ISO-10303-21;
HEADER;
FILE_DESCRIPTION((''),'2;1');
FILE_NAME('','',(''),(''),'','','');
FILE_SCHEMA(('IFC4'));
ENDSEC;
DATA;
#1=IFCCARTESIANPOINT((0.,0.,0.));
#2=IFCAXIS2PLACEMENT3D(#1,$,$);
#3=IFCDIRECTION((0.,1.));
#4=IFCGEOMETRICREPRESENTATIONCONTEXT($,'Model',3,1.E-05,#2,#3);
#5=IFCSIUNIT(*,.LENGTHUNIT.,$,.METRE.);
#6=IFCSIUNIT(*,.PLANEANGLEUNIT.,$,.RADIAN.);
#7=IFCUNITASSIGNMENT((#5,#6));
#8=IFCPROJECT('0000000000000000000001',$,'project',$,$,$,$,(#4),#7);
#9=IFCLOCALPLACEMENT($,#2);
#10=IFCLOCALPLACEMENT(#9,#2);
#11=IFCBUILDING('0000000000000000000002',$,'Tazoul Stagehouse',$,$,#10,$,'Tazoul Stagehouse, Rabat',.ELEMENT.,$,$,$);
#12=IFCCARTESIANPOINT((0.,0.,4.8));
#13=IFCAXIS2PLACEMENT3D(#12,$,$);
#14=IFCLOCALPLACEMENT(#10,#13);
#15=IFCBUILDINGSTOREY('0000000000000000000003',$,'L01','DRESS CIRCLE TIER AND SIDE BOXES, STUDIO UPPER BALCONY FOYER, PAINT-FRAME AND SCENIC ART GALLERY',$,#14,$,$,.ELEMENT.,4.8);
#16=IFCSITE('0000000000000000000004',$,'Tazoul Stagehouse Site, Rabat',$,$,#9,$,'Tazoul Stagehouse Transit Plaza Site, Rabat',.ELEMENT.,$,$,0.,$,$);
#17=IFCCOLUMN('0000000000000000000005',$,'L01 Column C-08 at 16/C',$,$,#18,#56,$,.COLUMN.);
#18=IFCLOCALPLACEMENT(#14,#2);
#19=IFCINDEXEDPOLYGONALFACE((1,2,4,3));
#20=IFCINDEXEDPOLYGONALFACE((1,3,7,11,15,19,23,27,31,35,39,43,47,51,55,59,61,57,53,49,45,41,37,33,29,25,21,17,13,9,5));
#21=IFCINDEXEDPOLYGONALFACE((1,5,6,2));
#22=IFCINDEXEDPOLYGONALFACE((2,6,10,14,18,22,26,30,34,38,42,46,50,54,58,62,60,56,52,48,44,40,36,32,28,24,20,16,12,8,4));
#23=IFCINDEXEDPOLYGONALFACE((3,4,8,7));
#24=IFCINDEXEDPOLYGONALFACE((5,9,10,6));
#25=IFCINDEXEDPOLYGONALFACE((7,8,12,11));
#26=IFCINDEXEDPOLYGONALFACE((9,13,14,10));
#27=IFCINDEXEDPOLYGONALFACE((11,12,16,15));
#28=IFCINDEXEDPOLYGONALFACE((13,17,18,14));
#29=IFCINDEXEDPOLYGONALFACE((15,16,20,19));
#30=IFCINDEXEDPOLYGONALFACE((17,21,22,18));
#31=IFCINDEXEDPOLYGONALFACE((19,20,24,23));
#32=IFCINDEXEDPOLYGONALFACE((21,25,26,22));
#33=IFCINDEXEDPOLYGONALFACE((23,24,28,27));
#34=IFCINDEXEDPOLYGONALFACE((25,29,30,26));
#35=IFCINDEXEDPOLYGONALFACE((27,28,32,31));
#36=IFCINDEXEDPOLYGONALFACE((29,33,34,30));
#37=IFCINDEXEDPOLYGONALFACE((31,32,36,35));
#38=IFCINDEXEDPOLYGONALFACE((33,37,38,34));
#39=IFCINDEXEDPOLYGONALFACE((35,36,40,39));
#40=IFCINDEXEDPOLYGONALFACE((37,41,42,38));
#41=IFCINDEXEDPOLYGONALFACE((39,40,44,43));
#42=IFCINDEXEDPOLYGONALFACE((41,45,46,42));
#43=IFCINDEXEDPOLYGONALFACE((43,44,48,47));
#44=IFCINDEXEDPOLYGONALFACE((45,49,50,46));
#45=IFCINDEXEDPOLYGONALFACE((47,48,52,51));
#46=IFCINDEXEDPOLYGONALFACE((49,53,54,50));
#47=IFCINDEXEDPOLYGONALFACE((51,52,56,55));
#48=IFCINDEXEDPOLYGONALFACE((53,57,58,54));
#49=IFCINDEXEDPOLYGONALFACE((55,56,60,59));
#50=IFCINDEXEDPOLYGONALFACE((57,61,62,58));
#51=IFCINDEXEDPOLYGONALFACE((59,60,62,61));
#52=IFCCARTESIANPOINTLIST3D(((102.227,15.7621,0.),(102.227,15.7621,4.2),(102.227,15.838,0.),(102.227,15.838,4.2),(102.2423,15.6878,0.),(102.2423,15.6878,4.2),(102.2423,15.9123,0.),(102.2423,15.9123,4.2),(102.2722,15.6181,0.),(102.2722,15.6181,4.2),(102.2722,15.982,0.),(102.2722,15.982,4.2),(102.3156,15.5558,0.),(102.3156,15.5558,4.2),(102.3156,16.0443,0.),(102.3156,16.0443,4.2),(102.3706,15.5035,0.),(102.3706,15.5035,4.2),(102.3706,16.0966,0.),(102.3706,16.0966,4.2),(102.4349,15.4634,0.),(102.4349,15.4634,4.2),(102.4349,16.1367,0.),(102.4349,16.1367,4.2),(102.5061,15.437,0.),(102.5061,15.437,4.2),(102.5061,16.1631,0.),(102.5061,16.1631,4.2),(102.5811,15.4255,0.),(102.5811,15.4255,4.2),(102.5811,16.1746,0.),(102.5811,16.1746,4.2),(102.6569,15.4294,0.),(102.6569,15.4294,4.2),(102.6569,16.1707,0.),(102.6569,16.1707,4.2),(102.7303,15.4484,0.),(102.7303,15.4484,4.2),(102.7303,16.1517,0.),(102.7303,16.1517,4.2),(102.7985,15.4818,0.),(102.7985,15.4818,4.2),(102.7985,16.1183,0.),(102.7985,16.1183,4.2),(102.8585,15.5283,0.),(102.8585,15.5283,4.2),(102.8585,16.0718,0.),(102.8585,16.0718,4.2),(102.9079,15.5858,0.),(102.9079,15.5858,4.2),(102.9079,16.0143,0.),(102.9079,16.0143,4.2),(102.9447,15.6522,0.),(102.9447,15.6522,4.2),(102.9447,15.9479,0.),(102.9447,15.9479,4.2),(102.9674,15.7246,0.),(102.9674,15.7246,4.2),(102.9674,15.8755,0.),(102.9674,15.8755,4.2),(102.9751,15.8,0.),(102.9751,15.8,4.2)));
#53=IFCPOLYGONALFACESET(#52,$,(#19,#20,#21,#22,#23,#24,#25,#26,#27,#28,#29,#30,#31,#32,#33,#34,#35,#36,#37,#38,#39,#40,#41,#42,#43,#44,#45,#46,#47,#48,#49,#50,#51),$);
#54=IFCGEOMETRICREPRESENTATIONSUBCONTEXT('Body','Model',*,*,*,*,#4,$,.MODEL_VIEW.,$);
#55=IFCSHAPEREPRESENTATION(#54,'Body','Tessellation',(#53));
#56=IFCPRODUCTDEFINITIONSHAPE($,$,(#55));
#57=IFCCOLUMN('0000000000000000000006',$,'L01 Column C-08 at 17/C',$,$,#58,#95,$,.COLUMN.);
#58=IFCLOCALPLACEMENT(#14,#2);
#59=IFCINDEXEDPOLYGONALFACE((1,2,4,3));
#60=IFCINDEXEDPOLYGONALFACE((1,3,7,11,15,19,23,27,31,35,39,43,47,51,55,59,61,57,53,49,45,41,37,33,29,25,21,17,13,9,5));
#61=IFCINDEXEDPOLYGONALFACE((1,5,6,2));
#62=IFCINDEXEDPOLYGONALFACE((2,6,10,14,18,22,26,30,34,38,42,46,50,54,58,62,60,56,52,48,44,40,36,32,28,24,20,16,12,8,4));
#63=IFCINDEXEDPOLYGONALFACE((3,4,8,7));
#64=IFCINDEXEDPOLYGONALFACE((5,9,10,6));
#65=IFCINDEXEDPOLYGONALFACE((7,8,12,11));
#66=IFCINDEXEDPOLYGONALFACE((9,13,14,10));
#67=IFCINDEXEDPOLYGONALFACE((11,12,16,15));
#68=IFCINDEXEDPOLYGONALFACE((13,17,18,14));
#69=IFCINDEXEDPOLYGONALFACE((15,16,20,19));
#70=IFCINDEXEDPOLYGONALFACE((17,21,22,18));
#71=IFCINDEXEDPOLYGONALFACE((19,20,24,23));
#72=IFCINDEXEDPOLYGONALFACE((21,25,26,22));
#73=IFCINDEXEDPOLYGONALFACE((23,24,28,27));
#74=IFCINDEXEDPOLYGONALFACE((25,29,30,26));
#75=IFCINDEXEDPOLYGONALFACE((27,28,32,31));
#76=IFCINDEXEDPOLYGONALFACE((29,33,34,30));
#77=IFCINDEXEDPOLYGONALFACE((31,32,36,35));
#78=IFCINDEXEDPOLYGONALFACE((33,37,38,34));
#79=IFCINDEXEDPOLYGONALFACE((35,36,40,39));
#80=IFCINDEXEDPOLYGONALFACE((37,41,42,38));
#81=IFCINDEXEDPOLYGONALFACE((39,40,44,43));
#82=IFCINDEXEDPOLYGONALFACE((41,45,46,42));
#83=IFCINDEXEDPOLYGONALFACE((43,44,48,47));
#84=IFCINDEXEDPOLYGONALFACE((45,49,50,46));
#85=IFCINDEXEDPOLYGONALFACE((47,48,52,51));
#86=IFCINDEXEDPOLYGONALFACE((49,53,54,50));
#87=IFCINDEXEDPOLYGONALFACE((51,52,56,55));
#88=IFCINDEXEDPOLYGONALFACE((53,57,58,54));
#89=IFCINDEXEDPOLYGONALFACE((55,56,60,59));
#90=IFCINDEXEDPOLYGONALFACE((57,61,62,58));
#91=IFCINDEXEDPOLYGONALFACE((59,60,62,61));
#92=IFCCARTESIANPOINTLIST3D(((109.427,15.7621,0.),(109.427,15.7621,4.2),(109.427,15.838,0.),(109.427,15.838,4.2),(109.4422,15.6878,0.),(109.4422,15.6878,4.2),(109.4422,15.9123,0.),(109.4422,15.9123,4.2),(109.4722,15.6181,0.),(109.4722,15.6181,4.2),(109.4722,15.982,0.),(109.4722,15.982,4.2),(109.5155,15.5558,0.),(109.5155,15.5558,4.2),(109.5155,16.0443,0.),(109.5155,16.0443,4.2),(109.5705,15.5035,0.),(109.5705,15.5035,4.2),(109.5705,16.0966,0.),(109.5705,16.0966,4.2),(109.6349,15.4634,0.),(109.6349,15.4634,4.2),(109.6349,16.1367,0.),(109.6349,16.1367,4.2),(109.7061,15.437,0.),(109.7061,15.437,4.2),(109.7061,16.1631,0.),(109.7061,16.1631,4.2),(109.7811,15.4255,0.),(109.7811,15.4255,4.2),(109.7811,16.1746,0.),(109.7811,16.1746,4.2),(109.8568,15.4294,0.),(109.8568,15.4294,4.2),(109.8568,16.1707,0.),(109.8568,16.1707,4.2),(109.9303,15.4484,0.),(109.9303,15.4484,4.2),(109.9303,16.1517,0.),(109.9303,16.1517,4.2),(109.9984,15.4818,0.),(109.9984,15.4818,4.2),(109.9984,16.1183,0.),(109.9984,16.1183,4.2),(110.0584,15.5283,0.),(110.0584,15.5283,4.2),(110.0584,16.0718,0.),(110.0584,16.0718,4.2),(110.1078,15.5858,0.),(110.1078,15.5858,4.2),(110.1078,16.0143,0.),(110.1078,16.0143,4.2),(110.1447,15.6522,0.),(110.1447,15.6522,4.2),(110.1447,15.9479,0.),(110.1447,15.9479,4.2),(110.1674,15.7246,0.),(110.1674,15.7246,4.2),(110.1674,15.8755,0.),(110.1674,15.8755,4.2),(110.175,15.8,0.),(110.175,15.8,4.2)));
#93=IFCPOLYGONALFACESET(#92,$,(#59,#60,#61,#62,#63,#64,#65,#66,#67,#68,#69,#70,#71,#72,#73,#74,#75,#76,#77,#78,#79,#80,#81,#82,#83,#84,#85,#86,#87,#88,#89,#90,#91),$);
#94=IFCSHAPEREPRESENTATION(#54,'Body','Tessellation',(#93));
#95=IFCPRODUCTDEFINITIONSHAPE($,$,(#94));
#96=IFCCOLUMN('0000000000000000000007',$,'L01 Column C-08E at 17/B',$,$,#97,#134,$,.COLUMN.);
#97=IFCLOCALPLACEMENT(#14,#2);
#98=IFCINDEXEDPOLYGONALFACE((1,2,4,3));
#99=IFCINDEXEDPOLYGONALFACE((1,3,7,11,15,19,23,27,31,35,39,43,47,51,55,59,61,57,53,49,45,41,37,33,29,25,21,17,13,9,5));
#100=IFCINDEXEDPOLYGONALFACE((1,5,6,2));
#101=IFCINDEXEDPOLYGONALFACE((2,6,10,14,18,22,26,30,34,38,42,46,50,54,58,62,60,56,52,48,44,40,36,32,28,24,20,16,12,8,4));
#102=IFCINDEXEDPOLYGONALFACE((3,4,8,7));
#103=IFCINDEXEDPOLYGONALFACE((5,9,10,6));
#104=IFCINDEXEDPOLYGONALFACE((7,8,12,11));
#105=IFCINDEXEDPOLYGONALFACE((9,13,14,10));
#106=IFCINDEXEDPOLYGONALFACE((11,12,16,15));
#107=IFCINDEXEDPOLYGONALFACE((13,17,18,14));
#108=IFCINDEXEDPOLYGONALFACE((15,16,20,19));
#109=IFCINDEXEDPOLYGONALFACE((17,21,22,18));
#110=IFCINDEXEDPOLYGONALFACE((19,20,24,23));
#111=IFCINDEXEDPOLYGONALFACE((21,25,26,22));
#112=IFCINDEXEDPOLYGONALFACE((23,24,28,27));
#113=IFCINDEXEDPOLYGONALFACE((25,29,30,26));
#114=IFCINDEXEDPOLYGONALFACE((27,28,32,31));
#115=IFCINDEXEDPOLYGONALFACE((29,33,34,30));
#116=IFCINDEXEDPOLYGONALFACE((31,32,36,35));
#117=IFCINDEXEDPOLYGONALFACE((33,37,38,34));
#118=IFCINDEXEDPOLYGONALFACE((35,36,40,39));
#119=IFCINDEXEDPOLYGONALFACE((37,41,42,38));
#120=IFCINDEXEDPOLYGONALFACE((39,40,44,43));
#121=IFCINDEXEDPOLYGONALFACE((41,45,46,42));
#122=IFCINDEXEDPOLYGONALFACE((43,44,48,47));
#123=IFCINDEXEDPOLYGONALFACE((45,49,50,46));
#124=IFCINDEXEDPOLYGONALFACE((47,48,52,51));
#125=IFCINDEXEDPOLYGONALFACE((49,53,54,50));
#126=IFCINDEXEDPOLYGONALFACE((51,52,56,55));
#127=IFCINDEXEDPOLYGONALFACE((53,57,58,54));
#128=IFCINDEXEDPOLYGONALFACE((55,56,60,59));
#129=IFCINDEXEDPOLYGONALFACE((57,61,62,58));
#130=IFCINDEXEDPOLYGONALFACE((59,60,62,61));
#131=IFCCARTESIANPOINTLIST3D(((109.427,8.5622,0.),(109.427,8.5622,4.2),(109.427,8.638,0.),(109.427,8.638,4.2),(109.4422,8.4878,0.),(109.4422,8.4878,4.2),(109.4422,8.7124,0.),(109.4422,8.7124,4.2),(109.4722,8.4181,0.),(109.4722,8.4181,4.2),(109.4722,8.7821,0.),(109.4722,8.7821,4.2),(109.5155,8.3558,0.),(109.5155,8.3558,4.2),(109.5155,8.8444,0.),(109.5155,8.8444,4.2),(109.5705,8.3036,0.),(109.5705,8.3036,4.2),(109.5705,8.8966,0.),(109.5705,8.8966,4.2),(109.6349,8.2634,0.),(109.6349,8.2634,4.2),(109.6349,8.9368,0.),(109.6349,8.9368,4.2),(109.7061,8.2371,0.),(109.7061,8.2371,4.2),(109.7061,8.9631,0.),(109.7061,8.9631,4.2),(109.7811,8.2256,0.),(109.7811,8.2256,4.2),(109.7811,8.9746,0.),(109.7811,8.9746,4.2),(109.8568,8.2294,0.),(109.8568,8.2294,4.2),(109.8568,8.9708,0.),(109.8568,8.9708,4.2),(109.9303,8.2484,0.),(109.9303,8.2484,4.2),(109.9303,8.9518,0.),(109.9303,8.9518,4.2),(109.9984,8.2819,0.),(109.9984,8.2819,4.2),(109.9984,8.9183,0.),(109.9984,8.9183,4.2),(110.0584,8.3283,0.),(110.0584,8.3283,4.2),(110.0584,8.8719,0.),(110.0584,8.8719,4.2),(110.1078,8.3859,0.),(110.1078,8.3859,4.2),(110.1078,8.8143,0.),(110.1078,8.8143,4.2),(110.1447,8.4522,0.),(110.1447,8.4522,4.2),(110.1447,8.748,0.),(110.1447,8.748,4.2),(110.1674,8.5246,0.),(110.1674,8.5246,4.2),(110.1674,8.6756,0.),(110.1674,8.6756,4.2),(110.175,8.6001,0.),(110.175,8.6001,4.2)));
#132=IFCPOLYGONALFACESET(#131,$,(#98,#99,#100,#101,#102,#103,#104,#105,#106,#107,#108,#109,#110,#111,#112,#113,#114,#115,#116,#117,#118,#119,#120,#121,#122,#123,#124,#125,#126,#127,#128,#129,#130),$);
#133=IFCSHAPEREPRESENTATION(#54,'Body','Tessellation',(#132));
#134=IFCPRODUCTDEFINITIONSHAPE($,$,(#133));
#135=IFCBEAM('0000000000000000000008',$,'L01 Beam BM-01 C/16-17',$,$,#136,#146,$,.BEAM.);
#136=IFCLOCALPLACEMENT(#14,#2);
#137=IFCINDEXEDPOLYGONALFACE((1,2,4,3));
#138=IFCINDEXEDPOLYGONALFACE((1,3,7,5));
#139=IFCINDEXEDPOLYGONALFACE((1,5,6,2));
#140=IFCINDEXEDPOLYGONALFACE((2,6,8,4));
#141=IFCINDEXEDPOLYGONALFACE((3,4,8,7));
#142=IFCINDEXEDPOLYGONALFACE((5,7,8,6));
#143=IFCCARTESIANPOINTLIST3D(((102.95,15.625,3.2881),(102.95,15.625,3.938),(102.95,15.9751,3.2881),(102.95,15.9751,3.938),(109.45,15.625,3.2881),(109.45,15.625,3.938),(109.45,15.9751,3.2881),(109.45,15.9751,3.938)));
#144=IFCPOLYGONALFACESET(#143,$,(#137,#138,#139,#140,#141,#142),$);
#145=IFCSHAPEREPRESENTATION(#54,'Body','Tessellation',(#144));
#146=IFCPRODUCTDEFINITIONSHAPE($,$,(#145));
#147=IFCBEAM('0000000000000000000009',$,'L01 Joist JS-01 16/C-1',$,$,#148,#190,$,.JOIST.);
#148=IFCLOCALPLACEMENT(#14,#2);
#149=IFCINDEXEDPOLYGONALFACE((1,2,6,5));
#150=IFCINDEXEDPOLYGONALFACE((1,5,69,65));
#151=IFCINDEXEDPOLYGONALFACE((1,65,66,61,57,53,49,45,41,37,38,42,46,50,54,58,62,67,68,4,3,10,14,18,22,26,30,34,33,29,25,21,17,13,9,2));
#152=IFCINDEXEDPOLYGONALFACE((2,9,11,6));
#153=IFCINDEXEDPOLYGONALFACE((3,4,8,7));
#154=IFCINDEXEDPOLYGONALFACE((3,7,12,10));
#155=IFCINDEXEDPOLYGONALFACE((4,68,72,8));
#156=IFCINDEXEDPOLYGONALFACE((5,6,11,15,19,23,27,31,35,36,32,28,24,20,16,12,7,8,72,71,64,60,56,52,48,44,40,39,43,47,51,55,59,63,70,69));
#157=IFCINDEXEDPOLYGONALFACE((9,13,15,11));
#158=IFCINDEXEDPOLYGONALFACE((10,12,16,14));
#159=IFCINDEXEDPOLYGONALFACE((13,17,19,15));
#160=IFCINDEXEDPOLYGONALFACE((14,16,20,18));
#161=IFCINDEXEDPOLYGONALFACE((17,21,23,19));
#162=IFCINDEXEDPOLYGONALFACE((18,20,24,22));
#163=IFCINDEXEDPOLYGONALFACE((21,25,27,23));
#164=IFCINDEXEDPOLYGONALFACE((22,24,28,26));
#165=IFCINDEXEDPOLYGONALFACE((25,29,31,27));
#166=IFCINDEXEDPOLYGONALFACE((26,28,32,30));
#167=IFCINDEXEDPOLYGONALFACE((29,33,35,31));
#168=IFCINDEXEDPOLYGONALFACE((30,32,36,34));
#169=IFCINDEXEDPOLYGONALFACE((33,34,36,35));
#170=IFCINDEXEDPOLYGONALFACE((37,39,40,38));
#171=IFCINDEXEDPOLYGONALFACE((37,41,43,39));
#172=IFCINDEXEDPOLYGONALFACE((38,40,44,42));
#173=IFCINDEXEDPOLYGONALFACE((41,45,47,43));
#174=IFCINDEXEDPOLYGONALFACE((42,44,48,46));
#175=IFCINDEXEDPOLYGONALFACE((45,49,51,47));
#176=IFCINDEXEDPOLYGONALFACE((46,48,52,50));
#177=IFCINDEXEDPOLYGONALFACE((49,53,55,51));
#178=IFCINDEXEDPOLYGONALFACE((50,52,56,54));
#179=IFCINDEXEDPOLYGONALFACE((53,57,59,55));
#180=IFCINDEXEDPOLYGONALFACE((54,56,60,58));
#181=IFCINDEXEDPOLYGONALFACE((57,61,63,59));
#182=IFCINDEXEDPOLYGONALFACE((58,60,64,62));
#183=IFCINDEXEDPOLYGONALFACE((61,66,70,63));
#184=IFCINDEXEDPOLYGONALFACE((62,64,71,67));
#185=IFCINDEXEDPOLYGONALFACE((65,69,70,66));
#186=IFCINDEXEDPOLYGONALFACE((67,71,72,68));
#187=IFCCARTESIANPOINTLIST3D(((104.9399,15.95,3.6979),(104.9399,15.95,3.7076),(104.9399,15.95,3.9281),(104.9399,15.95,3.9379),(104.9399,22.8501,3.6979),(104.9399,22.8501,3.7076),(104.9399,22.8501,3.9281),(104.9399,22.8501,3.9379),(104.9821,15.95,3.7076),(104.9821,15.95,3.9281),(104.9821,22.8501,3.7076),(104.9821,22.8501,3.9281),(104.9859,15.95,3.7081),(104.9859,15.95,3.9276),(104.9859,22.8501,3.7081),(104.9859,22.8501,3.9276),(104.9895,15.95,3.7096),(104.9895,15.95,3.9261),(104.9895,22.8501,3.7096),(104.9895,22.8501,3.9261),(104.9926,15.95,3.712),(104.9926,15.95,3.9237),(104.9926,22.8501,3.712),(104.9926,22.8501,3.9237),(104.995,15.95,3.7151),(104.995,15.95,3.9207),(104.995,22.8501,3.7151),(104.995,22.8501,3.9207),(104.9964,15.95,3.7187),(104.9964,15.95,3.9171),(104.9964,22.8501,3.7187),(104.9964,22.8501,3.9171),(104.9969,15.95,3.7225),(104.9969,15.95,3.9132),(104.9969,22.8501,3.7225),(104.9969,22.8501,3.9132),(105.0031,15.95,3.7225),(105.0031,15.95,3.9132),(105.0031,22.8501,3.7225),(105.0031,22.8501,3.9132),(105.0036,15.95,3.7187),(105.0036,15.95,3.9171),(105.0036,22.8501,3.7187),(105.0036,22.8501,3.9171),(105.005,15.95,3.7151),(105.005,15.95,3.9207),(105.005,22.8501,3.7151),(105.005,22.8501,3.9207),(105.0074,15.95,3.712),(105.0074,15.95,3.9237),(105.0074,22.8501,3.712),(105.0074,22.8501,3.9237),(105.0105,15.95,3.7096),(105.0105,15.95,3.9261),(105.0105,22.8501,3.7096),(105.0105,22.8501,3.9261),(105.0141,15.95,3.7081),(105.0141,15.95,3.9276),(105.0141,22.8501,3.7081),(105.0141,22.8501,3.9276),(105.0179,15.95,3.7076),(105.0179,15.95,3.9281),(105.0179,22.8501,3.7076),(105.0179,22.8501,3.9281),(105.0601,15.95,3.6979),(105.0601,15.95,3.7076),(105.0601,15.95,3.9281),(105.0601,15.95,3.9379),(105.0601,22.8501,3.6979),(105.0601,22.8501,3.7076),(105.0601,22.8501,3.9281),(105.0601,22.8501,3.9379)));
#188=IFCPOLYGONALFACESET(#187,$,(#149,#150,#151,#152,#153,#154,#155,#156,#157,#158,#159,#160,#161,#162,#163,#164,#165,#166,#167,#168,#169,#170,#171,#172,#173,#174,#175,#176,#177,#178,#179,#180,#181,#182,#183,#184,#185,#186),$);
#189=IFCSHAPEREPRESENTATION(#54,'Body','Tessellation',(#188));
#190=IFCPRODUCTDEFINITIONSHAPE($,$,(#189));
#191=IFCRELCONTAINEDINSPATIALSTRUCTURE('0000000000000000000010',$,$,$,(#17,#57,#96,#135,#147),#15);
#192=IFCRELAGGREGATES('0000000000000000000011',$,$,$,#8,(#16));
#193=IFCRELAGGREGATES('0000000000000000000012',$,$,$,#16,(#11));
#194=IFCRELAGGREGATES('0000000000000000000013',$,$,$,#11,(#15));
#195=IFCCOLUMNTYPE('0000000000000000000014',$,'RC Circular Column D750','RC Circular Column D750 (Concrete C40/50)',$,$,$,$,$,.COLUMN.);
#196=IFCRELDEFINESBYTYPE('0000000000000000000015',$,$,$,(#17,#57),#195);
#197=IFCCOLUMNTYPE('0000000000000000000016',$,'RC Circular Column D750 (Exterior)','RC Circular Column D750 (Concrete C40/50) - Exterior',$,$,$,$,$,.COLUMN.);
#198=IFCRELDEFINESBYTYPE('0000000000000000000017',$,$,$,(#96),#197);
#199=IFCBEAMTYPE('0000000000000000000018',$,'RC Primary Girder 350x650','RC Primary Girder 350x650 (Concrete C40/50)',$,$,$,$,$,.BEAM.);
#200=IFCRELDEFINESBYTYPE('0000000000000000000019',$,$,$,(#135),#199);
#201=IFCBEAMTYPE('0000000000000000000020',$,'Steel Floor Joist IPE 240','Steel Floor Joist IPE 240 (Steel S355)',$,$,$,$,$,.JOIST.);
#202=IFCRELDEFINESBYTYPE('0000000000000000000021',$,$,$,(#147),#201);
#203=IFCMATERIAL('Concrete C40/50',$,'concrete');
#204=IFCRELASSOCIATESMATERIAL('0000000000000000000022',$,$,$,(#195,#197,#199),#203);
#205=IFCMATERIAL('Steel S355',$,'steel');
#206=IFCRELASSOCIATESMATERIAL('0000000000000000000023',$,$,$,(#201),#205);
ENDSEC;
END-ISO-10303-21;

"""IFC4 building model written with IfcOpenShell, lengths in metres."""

from ifc_helpers import new_model, si_unit, direction, frame, origin, origin_2d, place, context, subcontext, project, spatial, rectangle, circle, i_section, extrude, material, material_profile, profile_set, type_object, element, save


model = new_model("IFC4")

# Units and contexts
model_context = context("Model", 3, precision=1e-05, world=origin(), true_north=direction((0.0, 1.0)))
body_context = subcontext(model_context, "Body", "Model", "MODEL_VIEW")
ifc_project = project(units=[si_unit("LENGTHUNIT", "METRE"), si_unit("PLANEANGLEUNIT", "RADIAN")], contexts=[model_context])

# Site, building, storey
site_placement = place(None, origin())
site = spatial("IfcSite", under=ifc_project, at=site_placement, Name="Tazoul Stagehouse Site, Rabat", LongName="Tazoul Stagehouse Transit Plaza Site, Rabat", CompositionType="ELEMENT", RefElevation=0.0)
building_placement = place(site_placement, origin())
building = spatial("IfcBuilding", under=site, at=building_placement, Name="Tazoul Stagehouse", LongName="Tazoul Stagehouse, Rabat", CompositionType="ELEMENT")
storey_placement = place(building_placement, frame((0.0, 0.0, 4.8)))
storey = spatial("IfcBuildingStorey", under=building, at=storey_placement, Name="L01", Description="DRESS CIRCLE TIER AND SIDE BOXES, STUDIO UPPER BALCONY FOYER, PAINT-FRAME AND SCENIC ART GALLERY", CompositionType="ELEMENT", Elevation=4.8)

# Columns
ifc_material_1 = material(Name="Concrete C40/50", Category="concrete")
ifc_material_profile_1 = material_profile(ifc_material_1, circle(Radius=0.375, at=origin_2d()), Name="RC D750")
ifc_profile_set_1 = profile_set([ifc_material_profile_1], Name="Concrete C40/50")
column_type_1 = type_object("IfcColumnType", Name="RC Circular Column D750", Description="RC Circular Column D750 (Concrete C40/50)", PredefinedType="COLUMN", material=ifc_profile_set_1)
for number, where, z_axis, x_axis, name in (
    (1, (102.6001, 15.8, 0.0), (0.0, 0.0, 1.0), (1.0, 0.0, 0.0), "L01 Column C-08 at 16/C"),
    (2, (109.8, 15.8, 0.0), (0.0, 0.0, 1.0), (1.0, 0.0, 0.0), "L01 Column C-08 at 17/C"),
):
    element("IfcColumn", number, at=place(storey_placement, frame(where, z_axis=z_axis, x_axis=x_axis)), inside=storey, type_object=column_type_1, Name=name, PredefinedType="COLUMN", context=body_context, shape_type="SweptSolid", body=[
        extrude(circle(Radius=0.375, at=origin_2d()), origin(), (0.0, 0.0, 1.0), 4.2),
    ])
ifc_material_profile_2 = material_profile(ifc_material_1, circle(Radius=0.375, at=origin_2d()), Name="RC D750")
ifc_profile_set_2 = profile_set([ifc_material_profile_2], Name="Concrete C40/50")
column_type_2 = type_object("IfcColumnType", Name="RC Circular Column D750 (Exterior)", Description="RC Circular Column D750 (Concrete C40/50) - Exterior", PredefinedType="COLUMN", material=ifc_profile_set_2)
column_placement = place(storey_placement, frame((109.8, 8.6001, 0.0), z_axis=(0.0, 0.0, 1.0), x_axis=(1.0, 0.0, 0.0)))
element("IfcColumn", 3, at=column_placement, inside=storey, type_object=column_type_2, Name="L01 Column C-08E at 17/B", PredefinedType="COLUMN", context=body_context, shape_type="SweptSolid", body=[
    extrude(circle(Radius=0.375, at=origin_2d()), origin(), (0.0, 0.0, 1.0), 4.2),
])

# Beams
ifc_material_profile_3 = material_profile(ifc_material_1, rectangle(XDim=0.3501, YDim=0.6499, at=origin_2d()), Name="RC 350x650")
ifc_profile_set_3 = profile_set([ifc_material_profile_3], Name="Concrete C40/50")
beam_type_1 = type_object("IfcBeamType", Name="RC Primary Girder 350x650", Description="RC Primary Girder 350x650 (Concrete C40/50)", PredefinedType="BEAM", material=ifc_profile_set_3)
beam_placement = place(storey_placement, frame((102.95, 15.8, 3.613), z_axis=(1.0, 0.0, 0.0), x_axis=(0.0, 1.0, 0.0)))
element("IfcBeam", 4, at=beam_placement, inside=storey, type_object=beam_type_1, Name="L01 Beam BM-01 C/16-17", PredefinedType="BEAM", context=body_context, shape_type="SweptSolid", body=[
    extrude(rectangle(XDim=0.3501, YDim=0.6499, at=origin_2d()), origin(), (0.0, 0.0, 1.0), 6.5),
])
ifc_material_2 = material(Name="Steel S355", Category="steel")
ifc_material_profile_4 = material_profile(ifc_material_2, i_section(OverallWidth=0.1201, OverallDepth=0.24, WebThickness=0.0061, FlangeThickness=0.0098, FilletRadius=0.0149, at=origin_2d()), Name="IPE 240")
ifc_profile_set_4 = profile_set([ifc_material_profile_4], Name="Steel S355")
beam_type_2 = type_object("IfcBeamType", Name="Steel Floor Joist IPE 240", Description="Steel Floor Joist IPE 240 (Steel S355)", PredefinedType="JOIST", material=ifc_profile_set_4)
for number, where, z_axis, x_axis, name in (
    (5, (105.0, 15.95, 3.8179), (0.0, 1.0, 0.0), (-1.0, 0.0, 0.0), "L01 Joist JS-01 16/C-1"),
):
    element("IfcBeam", number, at=place(storey_placement, frame(where, z_axis=z_axis, x_axis=x_axis)), inside=storey, type_object=beam_type_2, Name=name, PredefinedType="JOIST", context=body_context, shape_type="SweptSolid", body=[
        extrude(i_section(OverallWidth=0.1201, OverallDepth=0.24, WebThickness=0.0061, FlangeThickness=0.0098, FilletRadius=0.0149, at=origin_2d()), origin(), (0.0, 0.0, 1.0), 6.9001),
    ])

save(model, "model.ifc")
